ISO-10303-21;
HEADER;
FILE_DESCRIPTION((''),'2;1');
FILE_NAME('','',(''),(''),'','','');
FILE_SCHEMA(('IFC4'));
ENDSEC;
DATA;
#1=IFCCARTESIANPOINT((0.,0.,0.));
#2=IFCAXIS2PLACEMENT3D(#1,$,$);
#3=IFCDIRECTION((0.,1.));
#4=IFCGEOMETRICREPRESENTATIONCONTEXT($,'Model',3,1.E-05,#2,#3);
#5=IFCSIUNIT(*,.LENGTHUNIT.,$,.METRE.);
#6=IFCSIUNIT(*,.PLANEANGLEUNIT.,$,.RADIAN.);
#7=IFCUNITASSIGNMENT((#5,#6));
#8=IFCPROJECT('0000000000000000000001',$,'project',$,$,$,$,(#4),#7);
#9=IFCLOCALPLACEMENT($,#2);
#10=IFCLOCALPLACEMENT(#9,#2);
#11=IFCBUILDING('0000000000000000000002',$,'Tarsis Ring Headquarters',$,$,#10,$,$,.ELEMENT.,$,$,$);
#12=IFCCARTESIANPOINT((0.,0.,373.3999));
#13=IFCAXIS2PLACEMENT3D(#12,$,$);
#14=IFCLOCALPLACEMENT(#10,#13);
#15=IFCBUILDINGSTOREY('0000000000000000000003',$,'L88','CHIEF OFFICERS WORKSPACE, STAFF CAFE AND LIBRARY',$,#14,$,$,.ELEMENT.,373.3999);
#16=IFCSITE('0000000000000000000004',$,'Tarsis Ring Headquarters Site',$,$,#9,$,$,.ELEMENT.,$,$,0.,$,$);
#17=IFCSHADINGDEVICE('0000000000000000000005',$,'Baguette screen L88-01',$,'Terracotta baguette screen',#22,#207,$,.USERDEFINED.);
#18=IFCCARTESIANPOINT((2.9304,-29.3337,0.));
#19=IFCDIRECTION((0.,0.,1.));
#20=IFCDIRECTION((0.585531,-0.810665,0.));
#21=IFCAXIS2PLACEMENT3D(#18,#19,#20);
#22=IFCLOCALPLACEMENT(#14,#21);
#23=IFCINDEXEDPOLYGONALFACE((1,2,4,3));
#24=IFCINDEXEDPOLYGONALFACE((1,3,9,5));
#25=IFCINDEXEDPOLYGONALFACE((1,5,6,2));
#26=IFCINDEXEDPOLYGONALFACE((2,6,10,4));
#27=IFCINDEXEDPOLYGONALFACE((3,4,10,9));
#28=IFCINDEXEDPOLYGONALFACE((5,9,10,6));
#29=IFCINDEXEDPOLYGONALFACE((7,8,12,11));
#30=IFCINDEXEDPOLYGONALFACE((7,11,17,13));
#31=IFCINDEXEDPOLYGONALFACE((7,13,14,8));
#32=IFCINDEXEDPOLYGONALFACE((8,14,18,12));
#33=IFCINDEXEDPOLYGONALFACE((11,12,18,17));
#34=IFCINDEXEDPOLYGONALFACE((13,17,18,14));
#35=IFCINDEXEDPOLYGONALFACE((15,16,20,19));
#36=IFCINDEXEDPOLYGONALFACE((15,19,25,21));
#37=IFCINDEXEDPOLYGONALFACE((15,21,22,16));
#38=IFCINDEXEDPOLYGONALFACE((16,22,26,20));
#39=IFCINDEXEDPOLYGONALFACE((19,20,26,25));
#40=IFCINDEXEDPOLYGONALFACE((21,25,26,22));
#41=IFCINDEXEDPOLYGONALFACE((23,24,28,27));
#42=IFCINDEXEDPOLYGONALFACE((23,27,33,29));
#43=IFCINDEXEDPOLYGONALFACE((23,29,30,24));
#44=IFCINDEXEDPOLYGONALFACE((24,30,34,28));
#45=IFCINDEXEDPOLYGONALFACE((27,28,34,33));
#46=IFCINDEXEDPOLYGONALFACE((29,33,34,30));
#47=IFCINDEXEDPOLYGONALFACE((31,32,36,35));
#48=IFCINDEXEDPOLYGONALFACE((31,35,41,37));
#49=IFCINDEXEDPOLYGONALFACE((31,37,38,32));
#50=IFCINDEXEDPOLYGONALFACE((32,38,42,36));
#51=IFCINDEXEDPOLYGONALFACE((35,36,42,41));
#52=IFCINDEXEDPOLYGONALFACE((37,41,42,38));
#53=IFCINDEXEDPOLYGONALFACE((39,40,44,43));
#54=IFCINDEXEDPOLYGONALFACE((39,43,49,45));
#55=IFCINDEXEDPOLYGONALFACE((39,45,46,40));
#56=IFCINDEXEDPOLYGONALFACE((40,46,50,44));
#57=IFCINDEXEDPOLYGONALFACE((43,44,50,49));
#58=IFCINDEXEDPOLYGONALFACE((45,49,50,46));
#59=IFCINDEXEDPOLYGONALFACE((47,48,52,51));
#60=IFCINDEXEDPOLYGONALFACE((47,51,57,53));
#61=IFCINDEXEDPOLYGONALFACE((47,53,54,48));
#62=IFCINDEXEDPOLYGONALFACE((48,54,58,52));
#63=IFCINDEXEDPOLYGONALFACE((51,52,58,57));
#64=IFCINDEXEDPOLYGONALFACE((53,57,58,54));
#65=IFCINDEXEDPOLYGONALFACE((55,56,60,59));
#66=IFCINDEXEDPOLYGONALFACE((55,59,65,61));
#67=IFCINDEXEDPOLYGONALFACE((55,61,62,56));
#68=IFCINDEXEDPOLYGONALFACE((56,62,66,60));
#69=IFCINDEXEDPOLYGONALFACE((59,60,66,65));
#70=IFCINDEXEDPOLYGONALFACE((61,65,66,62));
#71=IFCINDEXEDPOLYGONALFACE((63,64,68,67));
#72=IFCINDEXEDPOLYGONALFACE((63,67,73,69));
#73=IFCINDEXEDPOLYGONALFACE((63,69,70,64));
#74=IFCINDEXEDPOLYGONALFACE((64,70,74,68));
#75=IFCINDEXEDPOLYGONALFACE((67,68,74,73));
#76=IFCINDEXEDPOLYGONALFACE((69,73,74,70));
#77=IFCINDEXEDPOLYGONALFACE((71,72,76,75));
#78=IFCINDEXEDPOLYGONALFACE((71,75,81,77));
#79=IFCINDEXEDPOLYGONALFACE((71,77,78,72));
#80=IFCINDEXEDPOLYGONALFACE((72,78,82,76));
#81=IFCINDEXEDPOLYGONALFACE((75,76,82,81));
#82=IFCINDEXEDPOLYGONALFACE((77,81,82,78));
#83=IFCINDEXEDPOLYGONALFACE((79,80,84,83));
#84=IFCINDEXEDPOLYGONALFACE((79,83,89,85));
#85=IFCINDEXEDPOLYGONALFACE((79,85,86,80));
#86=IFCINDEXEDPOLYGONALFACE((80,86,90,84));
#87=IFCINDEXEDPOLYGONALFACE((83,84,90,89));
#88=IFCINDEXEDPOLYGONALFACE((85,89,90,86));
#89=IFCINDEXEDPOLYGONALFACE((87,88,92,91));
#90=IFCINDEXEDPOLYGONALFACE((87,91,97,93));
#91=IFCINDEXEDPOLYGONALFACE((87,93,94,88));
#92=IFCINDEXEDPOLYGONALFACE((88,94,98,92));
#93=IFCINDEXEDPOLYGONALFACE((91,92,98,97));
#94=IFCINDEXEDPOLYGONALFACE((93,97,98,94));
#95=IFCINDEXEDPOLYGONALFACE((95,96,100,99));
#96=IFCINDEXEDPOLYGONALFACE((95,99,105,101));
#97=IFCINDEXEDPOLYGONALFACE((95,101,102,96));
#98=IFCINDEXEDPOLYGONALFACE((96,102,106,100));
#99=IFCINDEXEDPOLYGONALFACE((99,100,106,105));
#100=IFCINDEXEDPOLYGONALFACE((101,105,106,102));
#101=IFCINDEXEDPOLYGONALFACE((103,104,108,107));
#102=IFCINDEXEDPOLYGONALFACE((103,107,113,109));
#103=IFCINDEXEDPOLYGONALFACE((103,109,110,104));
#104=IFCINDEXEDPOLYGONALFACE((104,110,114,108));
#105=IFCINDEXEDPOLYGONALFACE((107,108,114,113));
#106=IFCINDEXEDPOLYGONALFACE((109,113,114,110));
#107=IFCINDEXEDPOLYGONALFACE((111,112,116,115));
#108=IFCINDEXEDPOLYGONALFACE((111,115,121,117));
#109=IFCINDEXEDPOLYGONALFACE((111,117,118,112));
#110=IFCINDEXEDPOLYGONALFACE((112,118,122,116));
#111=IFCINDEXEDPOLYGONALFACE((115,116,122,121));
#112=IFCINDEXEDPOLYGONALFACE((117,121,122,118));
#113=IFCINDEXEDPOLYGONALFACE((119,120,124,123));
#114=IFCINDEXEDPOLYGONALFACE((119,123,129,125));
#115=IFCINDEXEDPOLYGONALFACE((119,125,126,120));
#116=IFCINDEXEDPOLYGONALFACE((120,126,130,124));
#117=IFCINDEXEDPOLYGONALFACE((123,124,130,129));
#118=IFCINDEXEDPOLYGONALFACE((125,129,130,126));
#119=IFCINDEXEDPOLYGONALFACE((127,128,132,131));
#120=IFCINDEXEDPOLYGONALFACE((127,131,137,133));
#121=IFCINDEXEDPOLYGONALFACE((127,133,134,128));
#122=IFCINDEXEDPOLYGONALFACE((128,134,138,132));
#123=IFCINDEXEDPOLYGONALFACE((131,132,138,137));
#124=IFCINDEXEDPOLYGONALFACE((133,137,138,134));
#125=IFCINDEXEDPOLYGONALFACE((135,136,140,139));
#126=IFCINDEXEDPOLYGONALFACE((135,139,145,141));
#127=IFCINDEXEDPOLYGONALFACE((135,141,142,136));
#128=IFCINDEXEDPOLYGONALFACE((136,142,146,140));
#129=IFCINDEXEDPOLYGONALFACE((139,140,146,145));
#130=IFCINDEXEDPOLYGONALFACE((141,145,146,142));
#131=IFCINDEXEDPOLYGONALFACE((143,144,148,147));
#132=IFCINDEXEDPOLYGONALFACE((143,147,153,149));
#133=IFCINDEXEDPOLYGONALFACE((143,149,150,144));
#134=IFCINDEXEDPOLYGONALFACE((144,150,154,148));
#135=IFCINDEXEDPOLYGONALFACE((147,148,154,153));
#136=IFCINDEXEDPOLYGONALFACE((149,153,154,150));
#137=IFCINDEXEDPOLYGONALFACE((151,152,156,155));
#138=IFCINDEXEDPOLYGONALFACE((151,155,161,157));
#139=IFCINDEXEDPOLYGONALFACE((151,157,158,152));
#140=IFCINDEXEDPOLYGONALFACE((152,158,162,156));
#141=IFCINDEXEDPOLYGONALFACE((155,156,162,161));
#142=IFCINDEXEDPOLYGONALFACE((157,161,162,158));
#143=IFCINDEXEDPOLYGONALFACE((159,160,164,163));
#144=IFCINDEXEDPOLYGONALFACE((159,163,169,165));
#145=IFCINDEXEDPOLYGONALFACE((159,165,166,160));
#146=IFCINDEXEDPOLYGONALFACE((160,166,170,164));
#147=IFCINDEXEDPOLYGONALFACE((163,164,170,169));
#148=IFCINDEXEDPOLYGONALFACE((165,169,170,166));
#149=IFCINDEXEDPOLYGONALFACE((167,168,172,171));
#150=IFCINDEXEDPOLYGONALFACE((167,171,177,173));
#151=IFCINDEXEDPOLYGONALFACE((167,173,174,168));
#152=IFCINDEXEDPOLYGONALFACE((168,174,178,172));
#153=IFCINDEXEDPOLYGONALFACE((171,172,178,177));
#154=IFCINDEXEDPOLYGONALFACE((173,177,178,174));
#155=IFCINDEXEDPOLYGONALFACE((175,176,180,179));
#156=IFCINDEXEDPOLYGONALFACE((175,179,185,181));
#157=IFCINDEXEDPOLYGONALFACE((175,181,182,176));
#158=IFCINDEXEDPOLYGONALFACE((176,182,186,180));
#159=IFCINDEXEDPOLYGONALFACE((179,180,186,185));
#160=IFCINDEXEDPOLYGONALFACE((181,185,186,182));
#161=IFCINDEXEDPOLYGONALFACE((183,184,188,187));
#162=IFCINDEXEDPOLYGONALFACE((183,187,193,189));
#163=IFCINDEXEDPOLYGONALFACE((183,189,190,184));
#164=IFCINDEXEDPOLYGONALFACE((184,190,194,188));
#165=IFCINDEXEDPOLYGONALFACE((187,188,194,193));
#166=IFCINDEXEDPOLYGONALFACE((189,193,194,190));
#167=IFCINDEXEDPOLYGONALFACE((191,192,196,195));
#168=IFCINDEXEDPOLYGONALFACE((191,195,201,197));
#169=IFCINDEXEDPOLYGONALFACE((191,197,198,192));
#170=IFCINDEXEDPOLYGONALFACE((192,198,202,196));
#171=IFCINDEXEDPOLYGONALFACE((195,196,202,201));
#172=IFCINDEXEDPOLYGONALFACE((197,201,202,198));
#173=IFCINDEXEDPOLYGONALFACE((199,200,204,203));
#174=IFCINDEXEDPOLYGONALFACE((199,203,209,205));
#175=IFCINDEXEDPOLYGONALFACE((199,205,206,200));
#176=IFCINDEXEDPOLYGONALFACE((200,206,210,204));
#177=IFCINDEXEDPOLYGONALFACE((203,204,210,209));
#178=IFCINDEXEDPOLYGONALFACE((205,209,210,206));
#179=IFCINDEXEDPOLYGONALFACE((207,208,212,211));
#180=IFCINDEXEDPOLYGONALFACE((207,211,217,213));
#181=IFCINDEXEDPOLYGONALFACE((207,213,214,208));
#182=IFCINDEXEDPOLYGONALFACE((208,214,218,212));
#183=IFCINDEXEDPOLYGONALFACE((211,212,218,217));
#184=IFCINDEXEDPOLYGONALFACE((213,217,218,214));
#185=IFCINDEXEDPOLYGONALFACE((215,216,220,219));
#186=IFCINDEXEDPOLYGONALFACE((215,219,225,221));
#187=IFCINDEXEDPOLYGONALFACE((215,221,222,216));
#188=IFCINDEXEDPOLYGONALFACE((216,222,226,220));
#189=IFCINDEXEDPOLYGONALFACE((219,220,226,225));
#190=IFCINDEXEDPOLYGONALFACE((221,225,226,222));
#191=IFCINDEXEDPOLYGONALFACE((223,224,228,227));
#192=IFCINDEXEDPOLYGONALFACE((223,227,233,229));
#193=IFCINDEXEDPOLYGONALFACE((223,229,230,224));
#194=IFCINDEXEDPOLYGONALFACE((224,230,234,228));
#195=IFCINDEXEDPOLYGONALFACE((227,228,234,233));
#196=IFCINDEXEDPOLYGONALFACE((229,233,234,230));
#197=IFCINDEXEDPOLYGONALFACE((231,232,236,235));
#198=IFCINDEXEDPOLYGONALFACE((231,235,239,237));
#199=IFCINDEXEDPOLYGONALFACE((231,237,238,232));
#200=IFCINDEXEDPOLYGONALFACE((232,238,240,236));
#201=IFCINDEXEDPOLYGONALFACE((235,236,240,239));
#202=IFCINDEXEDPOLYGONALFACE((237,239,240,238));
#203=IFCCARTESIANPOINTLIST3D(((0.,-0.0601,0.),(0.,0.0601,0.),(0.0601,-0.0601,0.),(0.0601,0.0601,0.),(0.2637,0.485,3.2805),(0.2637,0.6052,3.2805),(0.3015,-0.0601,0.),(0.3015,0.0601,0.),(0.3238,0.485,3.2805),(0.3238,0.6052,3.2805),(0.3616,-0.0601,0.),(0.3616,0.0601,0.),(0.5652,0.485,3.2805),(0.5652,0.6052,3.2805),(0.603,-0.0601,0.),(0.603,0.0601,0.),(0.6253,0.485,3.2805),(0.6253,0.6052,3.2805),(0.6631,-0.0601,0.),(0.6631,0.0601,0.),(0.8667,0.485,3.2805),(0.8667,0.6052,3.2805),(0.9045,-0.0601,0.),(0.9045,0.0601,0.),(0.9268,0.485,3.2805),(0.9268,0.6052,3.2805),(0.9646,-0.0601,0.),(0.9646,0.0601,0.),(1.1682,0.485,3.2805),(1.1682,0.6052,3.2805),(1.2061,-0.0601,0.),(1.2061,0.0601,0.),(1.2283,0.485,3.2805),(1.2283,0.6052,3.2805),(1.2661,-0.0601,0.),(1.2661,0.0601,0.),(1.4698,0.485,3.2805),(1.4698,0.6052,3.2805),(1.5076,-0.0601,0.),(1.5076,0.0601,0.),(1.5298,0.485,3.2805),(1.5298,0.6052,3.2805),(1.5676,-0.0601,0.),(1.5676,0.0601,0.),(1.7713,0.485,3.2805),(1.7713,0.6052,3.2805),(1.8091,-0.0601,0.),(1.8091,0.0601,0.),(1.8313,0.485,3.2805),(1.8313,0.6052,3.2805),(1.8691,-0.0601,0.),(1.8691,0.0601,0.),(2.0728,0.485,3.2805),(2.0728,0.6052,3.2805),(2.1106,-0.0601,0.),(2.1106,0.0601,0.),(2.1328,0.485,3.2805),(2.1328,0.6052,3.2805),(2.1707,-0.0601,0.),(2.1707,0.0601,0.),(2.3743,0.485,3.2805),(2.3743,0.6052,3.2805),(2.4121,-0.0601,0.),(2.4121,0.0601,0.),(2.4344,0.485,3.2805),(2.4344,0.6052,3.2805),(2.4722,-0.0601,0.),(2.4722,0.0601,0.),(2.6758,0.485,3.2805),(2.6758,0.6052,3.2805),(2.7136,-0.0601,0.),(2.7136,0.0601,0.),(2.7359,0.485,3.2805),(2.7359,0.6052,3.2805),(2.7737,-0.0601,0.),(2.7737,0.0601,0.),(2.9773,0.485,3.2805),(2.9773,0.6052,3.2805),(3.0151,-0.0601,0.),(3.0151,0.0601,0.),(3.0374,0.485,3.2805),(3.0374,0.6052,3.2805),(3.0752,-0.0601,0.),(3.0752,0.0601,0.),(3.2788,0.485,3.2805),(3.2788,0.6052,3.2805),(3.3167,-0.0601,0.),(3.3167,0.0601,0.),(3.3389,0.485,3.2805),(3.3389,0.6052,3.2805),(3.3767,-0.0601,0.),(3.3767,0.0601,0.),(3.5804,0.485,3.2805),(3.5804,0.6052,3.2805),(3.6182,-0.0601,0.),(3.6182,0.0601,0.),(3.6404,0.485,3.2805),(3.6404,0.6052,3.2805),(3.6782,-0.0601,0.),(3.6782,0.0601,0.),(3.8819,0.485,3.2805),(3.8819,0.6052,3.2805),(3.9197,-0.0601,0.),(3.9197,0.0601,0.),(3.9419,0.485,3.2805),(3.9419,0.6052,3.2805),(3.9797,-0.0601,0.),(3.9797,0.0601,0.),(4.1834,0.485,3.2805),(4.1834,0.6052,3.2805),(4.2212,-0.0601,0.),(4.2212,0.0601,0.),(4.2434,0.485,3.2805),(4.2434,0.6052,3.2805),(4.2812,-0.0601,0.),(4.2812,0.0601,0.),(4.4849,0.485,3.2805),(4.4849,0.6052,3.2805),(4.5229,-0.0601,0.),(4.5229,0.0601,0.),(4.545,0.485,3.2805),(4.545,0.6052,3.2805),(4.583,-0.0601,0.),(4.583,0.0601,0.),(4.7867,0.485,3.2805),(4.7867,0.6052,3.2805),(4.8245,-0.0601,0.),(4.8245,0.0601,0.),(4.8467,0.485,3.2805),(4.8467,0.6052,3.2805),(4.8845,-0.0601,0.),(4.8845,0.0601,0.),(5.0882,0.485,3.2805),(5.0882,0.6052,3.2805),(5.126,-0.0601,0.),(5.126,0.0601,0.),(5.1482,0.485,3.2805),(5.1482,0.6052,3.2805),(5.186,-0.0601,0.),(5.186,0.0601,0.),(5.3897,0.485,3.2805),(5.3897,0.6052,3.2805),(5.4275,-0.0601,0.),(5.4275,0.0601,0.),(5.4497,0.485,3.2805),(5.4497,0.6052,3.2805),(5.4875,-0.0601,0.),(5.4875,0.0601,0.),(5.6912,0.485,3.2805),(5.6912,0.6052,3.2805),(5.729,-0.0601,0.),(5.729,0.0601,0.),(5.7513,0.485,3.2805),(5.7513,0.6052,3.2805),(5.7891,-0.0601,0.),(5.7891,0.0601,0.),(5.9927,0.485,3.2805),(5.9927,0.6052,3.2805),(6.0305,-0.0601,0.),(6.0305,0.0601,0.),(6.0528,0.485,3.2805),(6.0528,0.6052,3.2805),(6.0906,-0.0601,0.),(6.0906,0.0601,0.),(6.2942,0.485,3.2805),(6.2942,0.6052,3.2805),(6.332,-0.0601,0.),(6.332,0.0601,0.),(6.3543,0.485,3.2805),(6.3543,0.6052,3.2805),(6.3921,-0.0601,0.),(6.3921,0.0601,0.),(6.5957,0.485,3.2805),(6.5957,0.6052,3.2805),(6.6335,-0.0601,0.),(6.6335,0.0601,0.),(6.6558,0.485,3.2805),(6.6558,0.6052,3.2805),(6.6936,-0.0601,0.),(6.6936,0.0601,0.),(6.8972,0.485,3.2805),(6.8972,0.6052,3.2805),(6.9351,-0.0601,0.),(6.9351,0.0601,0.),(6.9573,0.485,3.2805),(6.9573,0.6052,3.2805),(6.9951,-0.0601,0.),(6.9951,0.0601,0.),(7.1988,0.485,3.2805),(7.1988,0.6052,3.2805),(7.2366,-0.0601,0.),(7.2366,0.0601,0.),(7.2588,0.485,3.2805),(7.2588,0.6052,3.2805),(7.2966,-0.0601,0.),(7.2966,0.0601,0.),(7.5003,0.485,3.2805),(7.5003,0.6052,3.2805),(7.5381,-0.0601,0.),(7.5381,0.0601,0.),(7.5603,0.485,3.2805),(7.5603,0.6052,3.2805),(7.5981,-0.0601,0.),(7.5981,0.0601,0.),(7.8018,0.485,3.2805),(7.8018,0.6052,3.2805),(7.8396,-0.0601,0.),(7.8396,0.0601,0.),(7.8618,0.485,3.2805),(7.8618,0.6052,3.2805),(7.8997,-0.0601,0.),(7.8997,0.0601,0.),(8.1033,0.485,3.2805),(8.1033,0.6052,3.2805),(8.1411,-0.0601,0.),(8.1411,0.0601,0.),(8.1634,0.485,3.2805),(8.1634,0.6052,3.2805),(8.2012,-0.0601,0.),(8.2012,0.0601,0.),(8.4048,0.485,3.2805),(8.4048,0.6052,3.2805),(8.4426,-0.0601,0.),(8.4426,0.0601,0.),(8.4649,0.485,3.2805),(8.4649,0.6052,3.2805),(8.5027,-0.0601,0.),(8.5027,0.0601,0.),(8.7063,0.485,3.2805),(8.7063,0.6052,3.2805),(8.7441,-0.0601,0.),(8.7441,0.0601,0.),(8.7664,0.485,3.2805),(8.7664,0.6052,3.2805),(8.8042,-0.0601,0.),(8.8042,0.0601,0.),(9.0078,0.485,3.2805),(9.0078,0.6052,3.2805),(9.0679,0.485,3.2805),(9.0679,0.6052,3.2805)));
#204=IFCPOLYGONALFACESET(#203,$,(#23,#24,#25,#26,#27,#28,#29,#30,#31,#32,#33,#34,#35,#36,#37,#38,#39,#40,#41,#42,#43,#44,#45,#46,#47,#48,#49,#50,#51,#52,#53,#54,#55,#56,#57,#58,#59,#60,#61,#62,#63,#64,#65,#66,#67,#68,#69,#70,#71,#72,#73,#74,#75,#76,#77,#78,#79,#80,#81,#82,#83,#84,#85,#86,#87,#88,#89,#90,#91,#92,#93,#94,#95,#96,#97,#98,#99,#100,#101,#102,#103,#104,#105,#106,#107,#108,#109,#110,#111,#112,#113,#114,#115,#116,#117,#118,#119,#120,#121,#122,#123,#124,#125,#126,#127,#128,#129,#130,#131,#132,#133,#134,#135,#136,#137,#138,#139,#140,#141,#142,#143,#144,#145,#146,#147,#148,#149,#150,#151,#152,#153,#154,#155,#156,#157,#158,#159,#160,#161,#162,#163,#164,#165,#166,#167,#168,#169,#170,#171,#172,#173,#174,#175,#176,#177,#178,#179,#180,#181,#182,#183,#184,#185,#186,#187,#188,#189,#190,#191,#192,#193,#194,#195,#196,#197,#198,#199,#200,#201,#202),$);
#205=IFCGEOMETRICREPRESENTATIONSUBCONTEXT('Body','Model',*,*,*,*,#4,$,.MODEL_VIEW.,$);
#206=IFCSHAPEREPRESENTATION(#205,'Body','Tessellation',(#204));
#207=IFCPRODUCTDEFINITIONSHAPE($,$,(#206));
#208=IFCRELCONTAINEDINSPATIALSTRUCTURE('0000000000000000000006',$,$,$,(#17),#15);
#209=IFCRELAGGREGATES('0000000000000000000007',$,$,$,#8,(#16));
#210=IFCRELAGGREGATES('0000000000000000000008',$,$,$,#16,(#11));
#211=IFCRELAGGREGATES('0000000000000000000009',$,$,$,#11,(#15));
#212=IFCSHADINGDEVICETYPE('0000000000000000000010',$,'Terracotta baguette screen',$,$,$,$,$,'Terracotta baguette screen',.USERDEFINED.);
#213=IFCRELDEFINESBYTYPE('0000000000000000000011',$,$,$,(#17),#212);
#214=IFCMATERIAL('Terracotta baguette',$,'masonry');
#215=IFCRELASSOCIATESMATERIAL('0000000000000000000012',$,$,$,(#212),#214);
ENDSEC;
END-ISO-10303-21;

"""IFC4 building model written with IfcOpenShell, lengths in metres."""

from ifc_helpers import new_model, si_unit, direction, frame, frame_2d, origin, place, context, subcontext, project, spatial, rectangle, composite_profile, extrude, material, type_object, element, save


model = new_model("IFC4")

# Units and contexts
model_context = context("Model", 3, precision=1e-05, world=origin(), true_north=direction((0.0, 1.0)))
body_context = subcontext(model_context, "Body", "Model", "MODEL_VIEW")
ifc_project = project(units=[si_unit("LENGTHUNIT", "METRE"), si_unit("PLANEANGLEUNIT", "RADIAN")], contexts=[model_context])

# Site, building, storey
site_placement = place(None, origin())
site = spatial("IfcSite", under=ifc_project, at=site_placement, Name="Tarsis Ring Headquarters Site", CompositionType="ELEMENT", RefElevation=0.0)
building_placement = place(site_placement, origin())
building = spatial("IfcBuilding", under=site, at=building_placement, Name="Tarsis Ring Headquarters", CompositionType="ELEMENT")
storey_placement = place(building_placement, frame((0.0, 0.0, 373.3999)))
storey = spatial("IfcBuildingStorey", under=building, at=storey_placement, Name="L88", Description="CHIEF OFFICERS WORKSPACE, STAFF CAFE AND LIBRARY", CompositionType="ELEMENT", Elevation=373.3999)

# Shading device
ifc_material_1 = material(Name="Terracotta baguette", Category="masonry")
shading_device_type_1 = type_object("IfcShadingDeviceType", Name="Terracotta baguette screen", ElementType="Terracotta baguette screen", PredefinedType="USERDEFINED", material=ifc_material_1)
shading_device_1_placement = place(storey_placement, frame((2.9304, -29.3337, 0.0), z_axis=(0.0, 0.0, 1.0), x_axis=(0.585531, -0.810665, 0.0)))
element("IfcShadingDevice", 1, at=shading_device_1_placement, inside=storey, type_object=shading_device_type_1, Name="Baguette screen L88-01", ObjectType="Terracotta baguette screen", PredefinedType="USERDEFINED", context=body_context, shape_type="SweptSolid", body=[
    extrude(composite_profile([rectangle(XDim=0.0601, YDim=0.1201, at=frame_2d((0.03, 0.0))), rectangle(XDim=0.0601, YDim=0.1201, at=frame_2d((0.3315, 0.0))), rectangle(XDim=0.0601, YDim=0.1201, at=frame_2d((0.6331, 0.0))), rectangle(XDim=0.0601, YDim=0.1201, at=frame_2d((0.9346, 0.0))), rectangle(XDim=0.0601, YDim=0.1201, at=frame_2d((1.2361, 0.0))), rectangle(XDim=0.0601, YDim=0.1201, at=frame_2d((1.5376, 0.0))), rectangle(XDim=0.0601, YDim=0.1201, at=frame_2d((1.8391, 0.0))), rectangle(XDim=0.0601, YDim=0.1201, at=frame_2d((2.1406, 0.0))), rectangle(XDim=0.0601, YDim=0.1201, at=frame_2d((2.4421, 0.0))), rectangle(XDim=0.0601, YDim=0.1201, at=frame_2d((2.7437, 0.0))), rectangle(XDim=0.0601, YDim=0.1201, at=frame_2d((3.0452, 0.0))), rectangle(XDim=0.0601, YDim=0.1201, at=frame_2d((3.3467, 0.0))), rectangle(XDim=0.0601, YDim=0.1201, at=frame_2d((3.6482, 0.0))), rectangle(XDim=0.0601, YDim=0.1201, at=frame_2d((3.9497, 0.0))), rectangle(XDim=0.0601, YDim=0.1201, at=frame_2d((4.2512, 0.0))), rectangle(XDim=0.0601, YDim=0.1201, at=frame_2d((4.553, 0.0))), rectangle(XDim=0.0601, YDim=0.1201, at=frame_2d((4.8545, 0.0))), rectangle(XDim=0.0601, YDim=0.1201, at=frame_2d((5.156, 0.0))), rectangle(XDim=0.0601, YDim=0.1201, at=frame_2d((5.4575, 0.0))), rectangle(XDim=0.0601, YDim=0.1201, at=frame_2d((5.759, 0.0))), rectangle(XDim=0.0601, YDim=0.1201, at=frame_2d((6.0605, 0.0))), rectangle(XDim=0.0601, YDim=0.1201, at=frame_2d((6.3621, 0.0))), rectangle(XDim=0.0601, YDim=0.1201, at=frame_2d((6.6636, 0.0))), rectangle(XDim=0.0601, YDim=0.1201, at=frame_2d((6.9651, 0.0))), rectangle(XDim=0.0601, YDim=0.1201, at=frame_2d((7.2666, 0.0))), rectangle(XDim=0.0601, YDim=0.1201, at=frame_2d((7.5681, 0.0))), rectangle(XDim=0.0601, YDim=0.1201, at=frame_2d((7.8696, 0.0))), rectangle(XDim=0.0601, YDim=0.1201, at=frame_2d((8.1711, 0.0))), rectangle(XDim=0.0601, YDim=0.1201, at=frame_2d((8.4727, 0.0))), rectangle(XDim=0.0601, YDim=0.1201, at=frame_2d((8.7742, 0.0)))]), origin(), (0.079049, 0.163403, 0.983387), 3.3359),
])

save(model, "model.ifc")
